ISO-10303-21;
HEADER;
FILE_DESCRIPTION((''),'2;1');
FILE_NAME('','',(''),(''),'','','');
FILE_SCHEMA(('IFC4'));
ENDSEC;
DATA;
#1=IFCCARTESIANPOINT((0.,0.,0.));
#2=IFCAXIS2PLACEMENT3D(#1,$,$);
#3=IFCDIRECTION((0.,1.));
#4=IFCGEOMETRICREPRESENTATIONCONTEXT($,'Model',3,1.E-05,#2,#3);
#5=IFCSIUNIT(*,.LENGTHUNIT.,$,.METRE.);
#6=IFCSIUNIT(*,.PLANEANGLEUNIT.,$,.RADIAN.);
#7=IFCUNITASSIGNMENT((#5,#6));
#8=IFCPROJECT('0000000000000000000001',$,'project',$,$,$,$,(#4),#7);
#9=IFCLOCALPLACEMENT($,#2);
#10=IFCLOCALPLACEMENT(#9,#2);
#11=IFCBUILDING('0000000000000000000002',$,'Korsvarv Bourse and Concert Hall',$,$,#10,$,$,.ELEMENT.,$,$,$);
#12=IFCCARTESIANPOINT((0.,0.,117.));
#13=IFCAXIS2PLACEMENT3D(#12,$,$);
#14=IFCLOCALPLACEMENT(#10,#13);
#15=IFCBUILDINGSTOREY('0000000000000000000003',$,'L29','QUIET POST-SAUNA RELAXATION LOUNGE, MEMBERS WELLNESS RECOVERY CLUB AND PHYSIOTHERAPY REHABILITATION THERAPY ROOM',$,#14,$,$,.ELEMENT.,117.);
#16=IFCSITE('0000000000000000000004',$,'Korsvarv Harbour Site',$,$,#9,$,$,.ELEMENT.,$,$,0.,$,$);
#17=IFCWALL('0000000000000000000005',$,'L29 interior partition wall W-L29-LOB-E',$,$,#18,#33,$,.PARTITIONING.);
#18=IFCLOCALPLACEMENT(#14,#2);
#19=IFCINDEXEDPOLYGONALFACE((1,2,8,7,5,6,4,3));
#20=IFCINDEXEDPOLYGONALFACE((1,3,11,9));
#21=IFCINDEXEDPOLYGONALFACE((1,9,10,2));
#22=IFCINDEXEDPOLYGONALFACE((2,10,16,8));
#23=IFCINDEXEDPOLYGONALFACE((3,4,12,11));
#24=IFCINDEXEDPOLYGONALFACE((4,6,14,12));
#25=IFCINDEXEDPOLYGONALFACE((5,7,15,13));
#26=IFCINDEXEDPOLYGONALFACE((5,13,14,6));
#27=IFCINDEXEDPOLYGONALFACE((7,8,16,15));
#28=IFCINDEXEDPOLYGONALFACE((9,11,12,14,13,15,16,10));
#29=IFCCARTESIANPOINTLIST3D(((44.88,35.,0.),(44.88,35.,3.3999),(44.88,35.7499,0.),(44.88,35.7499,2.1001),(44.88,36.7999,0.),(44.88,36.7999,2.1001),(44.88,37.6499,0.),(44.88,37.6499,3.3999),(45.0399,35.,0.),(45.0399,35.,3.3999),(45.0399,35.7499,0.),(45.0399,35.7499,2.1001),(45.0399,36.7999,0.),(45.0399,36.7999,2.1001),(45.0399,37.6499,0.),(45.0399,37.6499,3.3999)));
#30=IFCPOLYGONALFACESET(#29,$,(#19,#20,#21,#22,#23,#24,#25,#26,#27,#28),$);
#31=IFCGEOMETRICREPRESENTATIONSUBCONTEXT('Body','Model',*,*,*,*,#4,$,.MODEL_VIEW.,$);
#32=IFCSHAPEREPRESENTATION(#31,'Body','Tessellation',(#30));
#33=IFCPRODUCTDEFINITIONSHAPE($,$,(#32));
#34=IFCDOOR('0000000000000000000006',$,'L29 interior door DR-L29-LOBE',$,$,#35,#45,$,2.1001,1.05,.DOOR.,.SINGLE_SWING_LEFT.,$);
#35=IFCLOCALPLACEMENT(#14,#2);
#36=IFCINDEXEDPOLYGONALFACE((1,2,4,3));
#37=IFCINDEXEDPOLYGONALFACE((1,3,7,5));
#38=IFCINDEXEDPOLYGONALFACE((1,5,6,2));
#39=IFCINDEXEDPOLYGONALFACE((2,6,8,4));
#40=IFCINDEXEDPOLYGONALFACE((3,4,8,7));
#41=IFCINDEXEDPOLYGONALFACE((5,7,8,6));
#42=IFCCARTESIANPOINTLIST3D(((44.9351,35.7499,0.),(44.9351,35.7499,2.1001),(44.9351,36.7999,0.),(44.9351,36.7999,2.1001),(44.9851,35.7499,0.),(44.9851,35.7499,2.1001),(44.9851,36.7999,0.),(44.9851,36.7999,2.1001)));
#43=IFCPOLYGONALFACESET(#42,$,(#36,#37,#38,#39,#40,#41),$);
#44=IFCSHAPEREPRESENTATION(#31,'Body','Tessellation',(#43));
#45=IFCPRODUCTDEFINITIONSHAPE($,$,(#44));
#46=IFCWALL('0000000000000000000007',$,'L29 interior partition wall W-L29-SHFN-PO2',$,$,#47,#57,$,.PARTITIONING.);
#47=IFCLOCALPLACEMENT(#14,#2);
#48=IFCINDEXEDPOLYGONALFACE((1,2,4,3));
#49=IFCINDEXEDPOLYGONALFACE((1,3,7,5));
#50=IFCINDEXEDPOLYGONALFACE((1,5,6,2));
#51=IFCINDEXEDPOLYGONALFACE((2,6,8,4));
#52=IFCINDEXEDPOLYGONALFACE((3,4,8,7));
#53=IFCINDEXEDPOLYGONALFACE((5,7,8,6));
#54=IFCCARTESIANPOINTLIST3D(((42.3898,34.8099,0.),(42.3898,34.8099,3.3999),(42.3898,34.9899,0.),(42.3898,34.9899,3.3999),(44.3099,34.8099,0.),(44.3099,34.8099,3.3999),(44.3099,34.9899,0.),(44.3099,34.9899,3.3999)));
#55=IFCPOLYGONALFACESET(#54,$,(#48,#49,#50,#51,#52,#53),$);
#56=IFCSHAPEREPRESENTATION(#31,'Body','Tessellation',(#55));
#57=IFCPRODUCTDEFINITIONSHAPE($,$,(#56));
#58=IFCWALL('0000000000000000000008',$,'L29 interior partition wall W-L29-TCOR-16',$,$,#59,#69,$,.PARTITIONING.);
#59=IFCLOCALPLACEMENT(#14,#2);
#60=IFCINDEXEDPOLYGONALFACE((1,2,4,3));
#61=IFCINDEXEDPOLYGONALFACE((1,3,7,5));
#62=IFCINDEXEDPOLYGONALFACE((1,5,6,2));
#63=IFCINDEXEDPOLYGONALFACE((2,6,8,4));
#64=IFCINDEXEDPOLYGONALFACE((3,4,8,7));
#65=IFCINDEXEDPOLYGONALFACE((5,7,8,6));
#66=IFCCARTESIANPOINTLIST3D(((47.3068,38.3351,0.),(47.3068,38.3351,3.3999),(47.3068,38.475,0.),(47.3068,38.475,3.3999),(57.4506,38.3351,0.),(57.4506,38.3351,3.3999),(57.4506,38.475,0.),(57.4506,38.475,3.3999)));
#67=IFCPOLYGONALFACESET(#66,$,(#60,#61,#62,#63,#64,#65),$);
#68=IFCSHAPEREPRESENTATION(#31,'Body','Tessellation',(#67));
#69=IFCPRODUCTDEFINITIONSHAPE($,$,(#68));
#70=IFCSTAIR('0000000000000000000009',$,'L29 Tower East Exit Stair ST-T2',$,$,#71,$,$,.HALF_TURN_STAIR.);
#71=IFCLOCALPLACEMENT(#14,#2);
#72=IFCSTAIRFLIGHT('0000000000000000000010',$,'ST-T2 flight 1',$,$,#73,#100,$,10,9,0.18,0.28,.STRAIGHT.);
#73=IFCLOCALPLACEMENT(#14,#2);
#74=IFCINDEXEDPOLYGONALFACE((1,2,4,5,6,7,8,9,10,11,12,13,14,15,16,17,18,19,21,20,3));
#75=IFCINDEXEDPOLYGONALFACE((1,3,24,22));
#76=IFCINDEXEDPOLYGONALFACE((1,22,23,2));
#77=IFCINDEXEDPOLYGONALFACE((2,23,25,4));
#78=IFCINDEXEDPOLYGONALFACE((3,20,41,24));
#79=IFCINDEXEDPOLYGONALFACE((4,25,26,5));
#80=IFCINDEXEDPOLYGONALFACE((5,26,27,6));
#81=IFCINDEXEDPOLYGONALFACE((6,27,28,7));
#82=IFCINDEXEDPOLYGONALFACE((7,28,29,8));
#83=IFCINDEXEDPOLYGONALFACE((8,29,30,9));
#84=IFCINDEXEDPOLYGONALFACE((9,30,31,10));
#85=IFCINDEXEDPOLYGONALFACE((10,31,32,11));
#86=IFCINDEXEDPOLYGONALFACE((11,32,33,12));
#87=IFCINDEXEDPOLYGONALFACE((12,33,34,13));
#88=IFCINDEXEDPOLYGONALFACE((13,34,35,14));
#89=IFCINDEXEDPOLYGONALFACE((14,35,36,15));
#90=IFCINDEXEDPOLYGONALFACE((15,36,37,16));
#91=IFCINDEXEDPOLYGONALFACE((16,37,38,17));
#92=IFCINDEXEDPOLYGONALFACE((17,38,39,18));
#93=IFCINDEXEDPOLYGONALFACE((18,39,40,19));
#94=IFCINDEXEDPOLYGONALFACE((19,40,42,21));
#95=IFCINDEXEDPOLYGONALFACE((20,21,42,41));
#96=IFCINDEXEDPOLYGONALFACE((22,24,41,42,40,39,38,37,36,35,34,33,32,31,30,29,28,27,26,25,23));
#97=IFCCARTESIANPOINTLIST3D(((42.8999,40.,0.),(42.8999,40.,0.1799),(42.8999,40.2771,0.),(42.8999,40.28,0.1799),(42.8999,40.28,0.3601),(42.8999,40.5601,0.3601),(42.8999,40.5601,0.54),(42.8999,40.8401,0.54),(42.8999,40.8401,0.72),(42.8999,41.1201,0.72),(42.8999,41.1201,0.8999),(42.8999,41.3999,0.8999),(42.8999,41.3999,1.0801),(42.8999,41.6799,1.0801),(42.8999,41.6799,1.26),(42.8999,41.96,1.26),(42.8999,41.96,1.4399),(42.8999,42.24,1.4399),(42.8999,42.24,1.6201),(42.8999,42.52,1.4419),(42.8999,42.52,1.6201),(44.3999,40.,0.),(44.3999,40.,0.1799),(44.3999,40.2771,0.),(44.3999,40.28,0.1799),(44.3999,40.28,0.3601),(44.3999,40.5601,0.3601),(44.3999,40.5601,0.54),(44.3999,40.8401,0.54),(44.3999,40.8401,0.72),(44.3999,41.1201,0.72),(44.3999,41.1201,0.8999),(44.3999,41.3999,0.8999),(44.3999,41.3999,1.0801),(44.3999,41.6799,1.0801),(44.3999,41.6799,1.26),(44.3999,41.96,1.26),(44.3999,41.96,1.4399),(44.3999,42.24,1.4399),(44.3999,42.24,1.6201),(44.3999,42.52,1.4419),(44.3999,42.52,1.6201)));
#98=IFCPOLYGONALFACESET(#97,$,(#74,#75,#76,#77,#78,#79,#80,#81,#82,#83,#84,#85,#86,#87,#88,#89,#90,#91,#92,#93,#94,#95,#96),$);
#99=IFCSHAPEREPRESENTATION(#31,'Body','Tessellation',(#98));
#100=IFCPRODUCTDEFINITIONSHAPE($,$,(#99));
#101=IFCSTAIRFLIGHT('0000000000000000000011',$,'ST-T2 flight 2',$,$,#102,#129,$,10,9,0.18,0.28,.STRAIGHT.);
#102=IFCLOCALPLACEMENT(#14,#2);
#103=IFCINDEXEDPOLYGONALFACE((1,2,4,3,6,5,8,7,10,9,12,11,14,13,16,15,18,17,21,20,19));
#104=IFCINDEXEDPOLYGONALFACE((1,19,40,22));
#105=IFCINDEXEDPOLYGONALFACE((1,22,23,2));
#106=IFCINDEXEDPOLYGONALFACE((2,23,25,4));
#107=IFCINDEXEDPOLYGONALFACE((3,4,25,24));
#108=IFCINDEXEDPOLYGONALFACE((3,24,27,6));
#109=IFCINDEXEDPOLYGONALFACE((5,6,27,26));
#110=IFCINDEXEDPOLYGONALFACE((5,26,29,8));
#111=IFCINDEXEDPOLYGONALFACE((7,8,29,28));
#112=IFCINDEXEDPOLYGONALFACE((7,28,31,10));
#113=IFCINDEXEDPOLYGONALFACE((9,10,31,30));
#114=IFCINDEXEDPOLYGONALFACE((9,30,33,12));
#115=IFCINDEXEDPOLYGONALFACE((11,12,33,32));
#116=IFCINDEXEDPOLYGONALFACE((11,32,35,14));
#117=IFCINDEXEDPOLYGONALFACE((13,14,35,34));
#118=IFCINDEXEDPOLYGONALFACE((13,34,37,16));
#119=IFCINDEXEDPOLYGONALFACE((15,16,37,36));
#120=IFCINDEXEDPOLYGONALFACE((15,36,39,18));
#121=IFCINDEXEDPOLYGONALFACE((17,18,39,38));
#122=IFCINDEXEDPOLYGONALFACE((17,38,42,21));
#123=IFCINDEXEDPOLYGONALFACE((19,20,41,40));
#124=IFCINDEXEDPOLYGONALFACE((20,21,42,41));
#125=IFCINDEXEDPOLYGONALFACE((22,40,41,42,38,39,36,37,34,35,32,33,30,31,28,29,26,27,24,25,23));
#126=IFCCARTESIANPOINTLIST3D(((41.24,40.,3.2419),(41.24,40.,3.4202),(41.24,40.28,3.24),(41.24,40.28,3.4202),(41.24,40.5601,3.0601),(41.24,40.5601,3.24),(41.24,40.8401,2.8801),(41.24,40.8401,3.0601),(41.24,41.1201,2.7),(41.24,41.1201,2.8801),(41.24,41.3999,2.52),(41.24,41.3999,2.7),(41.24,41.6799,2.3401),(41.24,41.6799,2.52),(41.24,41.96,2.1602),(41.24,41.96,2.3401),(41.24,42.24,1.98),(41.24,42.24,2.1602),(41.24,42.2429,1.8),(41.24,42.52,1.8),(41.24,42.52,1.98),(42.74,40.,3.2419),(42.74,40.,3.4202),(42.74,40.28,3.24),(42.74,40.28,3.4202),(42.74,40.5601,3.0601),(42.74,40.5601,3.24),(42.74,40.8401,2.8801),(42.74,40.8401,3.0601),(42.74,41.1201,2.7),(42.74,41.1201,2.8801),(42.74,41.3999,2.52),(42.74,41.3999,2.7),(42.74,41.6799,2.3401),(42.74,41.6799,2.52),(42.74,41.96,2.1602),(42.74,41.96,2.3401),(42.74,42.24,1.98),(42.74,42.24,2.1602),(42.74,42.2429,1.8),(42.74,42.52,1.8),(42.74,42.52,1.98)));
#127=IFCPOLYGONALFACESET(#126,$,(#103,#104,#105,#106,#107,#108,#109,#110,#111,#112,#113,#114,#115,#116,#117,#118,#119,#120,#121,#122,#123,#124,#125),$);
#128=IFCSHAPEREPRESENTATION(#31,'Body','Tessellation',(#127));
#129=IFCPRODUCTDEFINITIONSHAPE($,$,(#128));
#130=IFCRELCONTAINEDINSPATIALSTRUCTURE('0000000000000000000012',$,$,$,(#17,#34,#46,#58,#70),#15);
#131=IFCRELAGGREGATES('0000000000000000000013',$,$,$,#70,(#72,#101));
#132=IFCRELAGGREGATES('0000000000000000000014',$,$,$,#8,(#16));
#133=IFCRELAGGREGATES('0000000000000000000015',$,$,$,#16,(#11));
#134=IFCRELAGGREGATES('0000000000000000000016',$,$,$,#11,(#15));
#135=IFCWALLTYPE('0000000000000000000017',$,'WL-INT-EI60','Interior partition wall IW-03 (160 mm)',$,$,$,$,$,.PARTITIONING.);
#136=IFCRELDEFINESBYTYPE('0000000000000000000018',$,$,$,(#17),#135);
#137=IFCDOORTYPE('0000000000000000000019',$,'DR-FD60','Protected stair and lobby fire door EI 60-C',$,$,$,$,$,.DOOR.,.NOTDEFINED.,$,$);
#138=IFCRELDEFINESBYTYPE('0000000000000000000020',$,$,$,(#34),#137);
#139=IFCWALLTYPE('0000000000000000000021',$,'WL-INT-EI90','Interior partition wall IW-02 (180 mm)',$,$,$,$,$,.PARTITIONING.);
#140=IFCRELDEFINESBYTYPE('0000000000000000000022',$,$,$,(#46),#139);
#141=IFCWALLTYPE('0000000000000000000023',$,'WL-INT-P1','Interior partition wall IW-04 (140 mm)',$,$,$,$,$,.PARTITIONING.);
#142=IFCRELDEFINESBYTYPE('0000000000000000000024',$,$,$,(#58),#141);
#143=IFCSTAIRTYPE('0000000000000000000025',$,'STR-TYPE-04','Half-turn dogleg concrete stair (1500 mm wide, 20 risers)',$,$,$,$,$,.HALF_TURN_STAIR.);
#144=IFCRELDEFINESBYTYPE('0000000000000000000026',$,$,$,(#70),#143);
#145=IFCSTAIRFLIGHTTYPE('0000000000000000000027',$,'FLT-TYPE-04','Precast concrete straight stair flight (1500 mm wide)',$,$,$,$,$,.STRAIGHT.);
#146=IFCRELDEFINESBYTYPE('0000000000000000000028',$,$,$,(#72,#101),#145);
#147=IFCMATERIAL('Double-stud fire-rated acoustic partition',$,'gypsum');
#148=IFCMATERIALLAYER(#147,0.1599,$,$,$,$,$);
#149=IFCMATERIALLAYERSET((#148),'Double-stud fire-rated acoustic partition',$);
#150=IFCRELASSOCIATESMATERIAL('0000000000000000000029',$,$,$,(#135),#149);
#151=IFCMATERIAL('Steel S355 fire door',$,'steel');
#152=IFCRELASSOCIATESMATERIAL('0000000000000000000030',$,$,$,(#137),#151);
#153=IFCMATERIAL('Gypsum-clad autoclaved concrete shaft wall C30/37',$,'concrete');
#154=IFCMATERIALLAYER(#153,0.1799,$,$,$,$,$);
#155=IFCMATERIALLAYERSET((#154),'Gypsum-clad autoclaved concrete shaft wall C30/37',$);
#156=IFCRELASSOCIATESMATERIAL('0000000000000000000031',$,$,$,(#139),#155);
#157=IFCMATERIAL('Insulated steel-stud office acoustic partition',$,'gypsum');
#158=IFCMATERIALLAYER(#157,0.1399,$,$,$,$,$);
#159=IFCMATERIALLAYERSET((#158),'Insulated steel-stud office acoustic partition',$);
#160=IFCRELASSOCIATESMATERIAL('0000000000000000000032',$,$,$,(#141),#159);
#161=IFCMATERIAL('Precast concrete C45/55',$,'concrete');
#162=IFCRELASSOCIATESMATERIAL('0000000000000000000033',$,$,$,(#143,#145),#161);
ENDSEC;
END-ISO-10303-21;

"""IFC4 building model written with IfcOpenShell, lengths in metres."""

from ifc_helpers import new_model, si_unit, direction, frame, frame_2d, origin, place, context, subcontext, project, spatial, polyline, rectangle, outline, extrude, material, layer, layer_set, type_object, element, fill, aggregate, save


model = new_model("IFC4")

# Units and contexts
model_context = context("Model", 3, precision=1e-05, world=origin(), true_north=direction((0.0, 1.0)))
body_context = subcontext(model_context, "Body", "Model", "MODEL_VIEW")
ifc_project = project(units=[si_unit("LENGTHUNIT", "METRE"), si_unit("PLANEANGLEUNIT", "RADIAN")], contexts=[model_context])

# Site, building, storey
site_placement = place(None, origin())
site = spatial("IfcSite", under=ifc_project, at=site_placement, Name="Korsvarv Harbour Site", CompositionType="ELEMENT", RefElevation=0.0)
building_placement = place(site_placement, origin())
building = spatial("IfcBuilding", under=site, at=building_placement, Name="Korsvarv Bourse and Concert Hall", CompositionType="ELEMENT")
storey_placement = place(building_placement, frame((0.0, 0.0, 117.0)))
storey = spatial("IfcBuildingStorey", under=building, at=storey_placement, Name="L29", Description="QUIET POST-SAUNA RELAXATION LOUNGE, MEMBERS WELLNESS RECOVERY CLUB AND PHYSIOTHERAPY REHABILITATION THERAPY ROOM", CompositionType="ELEMENT", Elevation=117.0)

# Wall, opening, door
ifc_material_1 = material(Name="Double-stud fire-rated acoustic partition", Category="gypsum")
ifc_layer_1 = layer(ifc_material_1, 0.1599)
ifc_layer_set_1 = layer_set([ifc_layer_1], Name="Double-stud fire-rated acoustic partition")
wall_type_1 = type_object("IfcWallType", Name="WL-INT-EI60", Description="Interior partition wall IW-03 (160 mm)", PredefinedType="PARTITIONING", material=ifc_layer_set_1)
wall_1_placement = place(storey_placement, frame((44.96, 35.0, 0.0), z_axis=(0.0, 0.0, 1.0), x_axis=(0.0, 1.0, 0.0)))
wall_1 = element("IfcWall", 1, at=wall_1_placement, inside=storey, type_object=wall_type_1, Name="L29 interior partition wall W-L29-LOB-E", PredefinedType="PARTITIONING", context=body_context, shape_type="SweptSolid", body=[
    extrude(rectangle(XDim=2.6499, YDim=0.1599, at=frame_2d((1.325, 0.0))), origin(), (0.0, 0.0, 1.0), 3.3999),
])
opening_placement = place(wall_1_placement, frame((0.75, 0.0, 0.0)))
opening = element("IfcOpeningElement", 2, at=opening_placement, cuts=wall_1, PredefinedType="OPENING", context=body_context, shape_type="SweptSolid", body=[
    extrude(rectangle(XDim=1.05, YDim=2.1001, at=frame_2d((0.5249, 1.05))), frame((0.0, 0.0898, 0.0), z_axis=(0.0, -1.0, 0.0), x_axis=(1.0, 0.0, 0.0)), (0.0, 0.0, 1.0), 0.1799),
])
ifc_material_2 = material(Name="Steel S355 fire door", Category="steel")
door_type = type_object("IfcDoorType", Name="DR-FD60", Description="Protected stair and lobby fire door EI 60-C", OperationType="NOTDEFINED", PredefinedType="DOOR", material=ifc_material_2)
door_placement = place(opening_placement, origin())
door = element("IfcDoor", 3, at=door_placement, inside=storey, type_object=door_type, Name="L29 interior door DR-L29-LOBE", OperationType="SINGLE_SWING_LEFT", OverallHeight=2.1001, OverallWidth=1.05, PredefinedType="DOOR", context=body_context, shape_type="SweptSolid", body=[
    extrude(rectangle(XDim=1.05, YDim=2.1001, at=frame_2d((0.5249, 1.05))), frame((0.0, 0.0249, 0.0), z_axis=(0.0, -1.0, 0.0), x_axis=(1.0, 0.0, 0.0)), (0.0, 0.0, 1.0), 0.05),
])
fill(opening, door)

# Walls
ifc_material_3 = material(Name="Gypsum-clad autoclaved concrete shaft wall C30/37", Category="concrete")
ifc_layer_2 = layer(ifc_material_3, 0.1799)
ifc_layer_set_2 = layer_set([ifc_layer_2], Name="Gypsum-clad autoclaved concrete shaft wall C30/37")
wall_type_2 = type_object("IfcWallType", Name="WL-INT-EI90", Description="Interior partition wall IW-02 (180 mm)", PredefinedType="PARTITIONING", material=ifc_layer_set_2)
wall_2_placement = place(storey_placement, frame((42.3899, 34.8999, 0.0), z_axis=(0.0, 0.0, 1.0), x_axis=(1.0, 0.0, 0.0)))
element("IfcWall", 4, at=wall_2_placement, inside=storey, type_object=wall_type_2, Name="L29 interior partition wall W-L29-SHFN-PO2", PredefinedType="PARTITIONING", context=body_context, shape_type="SweptSolid", body=[
    extrude(rectangle(XDim=1.9202, YDim=0.1799, at=frame_2d((0.96, 0.0))), origin(), (0.0, 0.0, 1.0), 3.3999),
])
ifc_material_4 = material(Name="Insulated steel-stud office acoustic partition", Category="gypsum")
ifc_layer_3 = layer(ifc_material_4, 0.1399)
ifc_layer_set_3 = layer_set([ifc_layer_3], Name="Insulated steel-stud office acoustic partition")
wall_type_3 = type_object("IfcWallType", Name="WL-INT-P1", Description="Interior partition wall IW-04 (140 mm)", PredefinedType="PARTITIONING", material=ifc_layer_set_3)
wall_3_placement = place(storey_placement, frame((47.3069, 38.405, 0.0), z_axis=(0.0, 0.0, 1.0), x_axis=(1.0, 0.0, 0.0)))
element("IfcWall", 5, at=wall_3_placement, inside=storey, type_object=wall_type_3, Name="L29 interior partition wall W-L29-TCOR-16", PredefinedType="PARTITIONING", context=body_context, shape_type="SweptSolid", body=[
    extrude(rectangle(XDim=10.1438, YDim=0.1399, at=frame_2d((5.0718, 0.0))), origin(), (0.0, 0.0, 1.0), 3.3999),
])

# Stair, stair flights
ifc_material_5 = material(Name="Precast concrete C45/55", Category="concrete")
stair_type = type_object("IfcStairType", Name="STR-TYPE-04", Description="Half-turn dogleg concrete stair (1500 mm wide, 20 risers)", PredefinedType="HALF_TURN_STAIR", material=ifc_material_5)
stair_placement = place(storey_placement, origin())
stair = element("IfcStair", 6, at=stair_placement, inside=storey, type_object=stair_type, Name="L29 Tower East Exit Stair ST-T2", PredefinedType="HALF_TURN_STAIR")
stair_flight_type = type_object("IfcStairFlightType", Name="FLT-TYPE-04", Description="Precast concrete straight stair flight (1500 mm wide)", PredefinedType="STRAIGHT", material=ifc_material_5)
stair_flight_1_placement = place(storey_placement, frame((43.6499, 40.0, 0.0), z_axis=(0.0, 0.0, 1.0), x_axis=(0.0, 1.0, 0.0)))
stair_flight_1 = element("IfcStairFlight", 7, at=stair_flight_1_placement, type_object=stair_flight_type, Name="ST-T2 flight 1", NumberOfRisers=10, NumberOfTreads=9, PredefinedType="STRAIGHT", RiserHeight=0.18, TreadLength=0.28, context=body_context, shape_type="SweptSolid", body=[
    extrude(outline(polyline([(0.0, 0.0), (0.0, 0.1799), (0.28, 0.1799), (0.28, 0.3601), (0.5601, 0.3601), (0.5601, 0.54), (0.8401, 0.54), (0.8401, 0.72), (1.1201, 0.72), (1.1201, 0.8999), (1.3999, 0.8999), (1.3999, 1.0801), (1.6799, 1.0801), (1.6799, 1.26), (1.96, 1.26), (1.96, 1.4399), (2.24, 1.4399), (2.24, 1.6201), (2.52, 1.6201), (2.52, 1.8), (2.52, 1.4419), (0.2771, 0.0), (0.0, 0.0)])), frame((0.0, 0.75, 0.0), z_axis=(0.0, -1.0, 0.0), x_axis=(1.0, 0.0, 0.0)), (0.0, 0.0, 1.0), 1.5),
])
stair_flight_2_placement = place(storey_placement, frame((41.99, 42.52, 1.8), z_axis=(0.0, 0.0, 1.0), x_axis=(0.0, -1.0, 0.0)))
stair_flight_2 = element("IfcStairFlight", 8, at=stair_flight_2_placement, type_object=stair_flight_type, Name="ST-T2 flight 2", NumberOfRisers=10, NumberOfTreads=9, PredefinedType="STRAIGHT", RiserHeight=0.18, TreadLength=0.28, context=body_context, shape_type="SweptSolid", body=[
    extrude(outline(polyline([(0.0, 0.0), (0.0, 0.1799), (0.28, 0.1799), (0.28, 0.3601), (0.5601, 0.3601), (0.5601, 0.54), (0.8401, 0.54), (0.8401, 0.72), (1.1201, 0.72), (1.1201, 0.8999), (1.3999, 0.8999), (1.3999, 1.0801), (1.6799, 1.0801), (1.6799, 1.26), (1.96, 1.26), (1.96, 1.4399), (2.24, 1.4399), (2.24, 1.6201), (2.52, 1.6201), (2.52, 1.8), (2.52, 1.4419), (0.2771, 0.0), (0.0, 0.0)])), frame((0.0, 0.75, 0.0), z_axis=(0.0, -1.0, 0.0), x_axis=(1.0, 0.0, 0.0)), (0.0, 0.0, 1.0), 1.5),
])
aggregate(stair, [stair_flight_1, stair_flight_2])

save(model, "model.ifc")
